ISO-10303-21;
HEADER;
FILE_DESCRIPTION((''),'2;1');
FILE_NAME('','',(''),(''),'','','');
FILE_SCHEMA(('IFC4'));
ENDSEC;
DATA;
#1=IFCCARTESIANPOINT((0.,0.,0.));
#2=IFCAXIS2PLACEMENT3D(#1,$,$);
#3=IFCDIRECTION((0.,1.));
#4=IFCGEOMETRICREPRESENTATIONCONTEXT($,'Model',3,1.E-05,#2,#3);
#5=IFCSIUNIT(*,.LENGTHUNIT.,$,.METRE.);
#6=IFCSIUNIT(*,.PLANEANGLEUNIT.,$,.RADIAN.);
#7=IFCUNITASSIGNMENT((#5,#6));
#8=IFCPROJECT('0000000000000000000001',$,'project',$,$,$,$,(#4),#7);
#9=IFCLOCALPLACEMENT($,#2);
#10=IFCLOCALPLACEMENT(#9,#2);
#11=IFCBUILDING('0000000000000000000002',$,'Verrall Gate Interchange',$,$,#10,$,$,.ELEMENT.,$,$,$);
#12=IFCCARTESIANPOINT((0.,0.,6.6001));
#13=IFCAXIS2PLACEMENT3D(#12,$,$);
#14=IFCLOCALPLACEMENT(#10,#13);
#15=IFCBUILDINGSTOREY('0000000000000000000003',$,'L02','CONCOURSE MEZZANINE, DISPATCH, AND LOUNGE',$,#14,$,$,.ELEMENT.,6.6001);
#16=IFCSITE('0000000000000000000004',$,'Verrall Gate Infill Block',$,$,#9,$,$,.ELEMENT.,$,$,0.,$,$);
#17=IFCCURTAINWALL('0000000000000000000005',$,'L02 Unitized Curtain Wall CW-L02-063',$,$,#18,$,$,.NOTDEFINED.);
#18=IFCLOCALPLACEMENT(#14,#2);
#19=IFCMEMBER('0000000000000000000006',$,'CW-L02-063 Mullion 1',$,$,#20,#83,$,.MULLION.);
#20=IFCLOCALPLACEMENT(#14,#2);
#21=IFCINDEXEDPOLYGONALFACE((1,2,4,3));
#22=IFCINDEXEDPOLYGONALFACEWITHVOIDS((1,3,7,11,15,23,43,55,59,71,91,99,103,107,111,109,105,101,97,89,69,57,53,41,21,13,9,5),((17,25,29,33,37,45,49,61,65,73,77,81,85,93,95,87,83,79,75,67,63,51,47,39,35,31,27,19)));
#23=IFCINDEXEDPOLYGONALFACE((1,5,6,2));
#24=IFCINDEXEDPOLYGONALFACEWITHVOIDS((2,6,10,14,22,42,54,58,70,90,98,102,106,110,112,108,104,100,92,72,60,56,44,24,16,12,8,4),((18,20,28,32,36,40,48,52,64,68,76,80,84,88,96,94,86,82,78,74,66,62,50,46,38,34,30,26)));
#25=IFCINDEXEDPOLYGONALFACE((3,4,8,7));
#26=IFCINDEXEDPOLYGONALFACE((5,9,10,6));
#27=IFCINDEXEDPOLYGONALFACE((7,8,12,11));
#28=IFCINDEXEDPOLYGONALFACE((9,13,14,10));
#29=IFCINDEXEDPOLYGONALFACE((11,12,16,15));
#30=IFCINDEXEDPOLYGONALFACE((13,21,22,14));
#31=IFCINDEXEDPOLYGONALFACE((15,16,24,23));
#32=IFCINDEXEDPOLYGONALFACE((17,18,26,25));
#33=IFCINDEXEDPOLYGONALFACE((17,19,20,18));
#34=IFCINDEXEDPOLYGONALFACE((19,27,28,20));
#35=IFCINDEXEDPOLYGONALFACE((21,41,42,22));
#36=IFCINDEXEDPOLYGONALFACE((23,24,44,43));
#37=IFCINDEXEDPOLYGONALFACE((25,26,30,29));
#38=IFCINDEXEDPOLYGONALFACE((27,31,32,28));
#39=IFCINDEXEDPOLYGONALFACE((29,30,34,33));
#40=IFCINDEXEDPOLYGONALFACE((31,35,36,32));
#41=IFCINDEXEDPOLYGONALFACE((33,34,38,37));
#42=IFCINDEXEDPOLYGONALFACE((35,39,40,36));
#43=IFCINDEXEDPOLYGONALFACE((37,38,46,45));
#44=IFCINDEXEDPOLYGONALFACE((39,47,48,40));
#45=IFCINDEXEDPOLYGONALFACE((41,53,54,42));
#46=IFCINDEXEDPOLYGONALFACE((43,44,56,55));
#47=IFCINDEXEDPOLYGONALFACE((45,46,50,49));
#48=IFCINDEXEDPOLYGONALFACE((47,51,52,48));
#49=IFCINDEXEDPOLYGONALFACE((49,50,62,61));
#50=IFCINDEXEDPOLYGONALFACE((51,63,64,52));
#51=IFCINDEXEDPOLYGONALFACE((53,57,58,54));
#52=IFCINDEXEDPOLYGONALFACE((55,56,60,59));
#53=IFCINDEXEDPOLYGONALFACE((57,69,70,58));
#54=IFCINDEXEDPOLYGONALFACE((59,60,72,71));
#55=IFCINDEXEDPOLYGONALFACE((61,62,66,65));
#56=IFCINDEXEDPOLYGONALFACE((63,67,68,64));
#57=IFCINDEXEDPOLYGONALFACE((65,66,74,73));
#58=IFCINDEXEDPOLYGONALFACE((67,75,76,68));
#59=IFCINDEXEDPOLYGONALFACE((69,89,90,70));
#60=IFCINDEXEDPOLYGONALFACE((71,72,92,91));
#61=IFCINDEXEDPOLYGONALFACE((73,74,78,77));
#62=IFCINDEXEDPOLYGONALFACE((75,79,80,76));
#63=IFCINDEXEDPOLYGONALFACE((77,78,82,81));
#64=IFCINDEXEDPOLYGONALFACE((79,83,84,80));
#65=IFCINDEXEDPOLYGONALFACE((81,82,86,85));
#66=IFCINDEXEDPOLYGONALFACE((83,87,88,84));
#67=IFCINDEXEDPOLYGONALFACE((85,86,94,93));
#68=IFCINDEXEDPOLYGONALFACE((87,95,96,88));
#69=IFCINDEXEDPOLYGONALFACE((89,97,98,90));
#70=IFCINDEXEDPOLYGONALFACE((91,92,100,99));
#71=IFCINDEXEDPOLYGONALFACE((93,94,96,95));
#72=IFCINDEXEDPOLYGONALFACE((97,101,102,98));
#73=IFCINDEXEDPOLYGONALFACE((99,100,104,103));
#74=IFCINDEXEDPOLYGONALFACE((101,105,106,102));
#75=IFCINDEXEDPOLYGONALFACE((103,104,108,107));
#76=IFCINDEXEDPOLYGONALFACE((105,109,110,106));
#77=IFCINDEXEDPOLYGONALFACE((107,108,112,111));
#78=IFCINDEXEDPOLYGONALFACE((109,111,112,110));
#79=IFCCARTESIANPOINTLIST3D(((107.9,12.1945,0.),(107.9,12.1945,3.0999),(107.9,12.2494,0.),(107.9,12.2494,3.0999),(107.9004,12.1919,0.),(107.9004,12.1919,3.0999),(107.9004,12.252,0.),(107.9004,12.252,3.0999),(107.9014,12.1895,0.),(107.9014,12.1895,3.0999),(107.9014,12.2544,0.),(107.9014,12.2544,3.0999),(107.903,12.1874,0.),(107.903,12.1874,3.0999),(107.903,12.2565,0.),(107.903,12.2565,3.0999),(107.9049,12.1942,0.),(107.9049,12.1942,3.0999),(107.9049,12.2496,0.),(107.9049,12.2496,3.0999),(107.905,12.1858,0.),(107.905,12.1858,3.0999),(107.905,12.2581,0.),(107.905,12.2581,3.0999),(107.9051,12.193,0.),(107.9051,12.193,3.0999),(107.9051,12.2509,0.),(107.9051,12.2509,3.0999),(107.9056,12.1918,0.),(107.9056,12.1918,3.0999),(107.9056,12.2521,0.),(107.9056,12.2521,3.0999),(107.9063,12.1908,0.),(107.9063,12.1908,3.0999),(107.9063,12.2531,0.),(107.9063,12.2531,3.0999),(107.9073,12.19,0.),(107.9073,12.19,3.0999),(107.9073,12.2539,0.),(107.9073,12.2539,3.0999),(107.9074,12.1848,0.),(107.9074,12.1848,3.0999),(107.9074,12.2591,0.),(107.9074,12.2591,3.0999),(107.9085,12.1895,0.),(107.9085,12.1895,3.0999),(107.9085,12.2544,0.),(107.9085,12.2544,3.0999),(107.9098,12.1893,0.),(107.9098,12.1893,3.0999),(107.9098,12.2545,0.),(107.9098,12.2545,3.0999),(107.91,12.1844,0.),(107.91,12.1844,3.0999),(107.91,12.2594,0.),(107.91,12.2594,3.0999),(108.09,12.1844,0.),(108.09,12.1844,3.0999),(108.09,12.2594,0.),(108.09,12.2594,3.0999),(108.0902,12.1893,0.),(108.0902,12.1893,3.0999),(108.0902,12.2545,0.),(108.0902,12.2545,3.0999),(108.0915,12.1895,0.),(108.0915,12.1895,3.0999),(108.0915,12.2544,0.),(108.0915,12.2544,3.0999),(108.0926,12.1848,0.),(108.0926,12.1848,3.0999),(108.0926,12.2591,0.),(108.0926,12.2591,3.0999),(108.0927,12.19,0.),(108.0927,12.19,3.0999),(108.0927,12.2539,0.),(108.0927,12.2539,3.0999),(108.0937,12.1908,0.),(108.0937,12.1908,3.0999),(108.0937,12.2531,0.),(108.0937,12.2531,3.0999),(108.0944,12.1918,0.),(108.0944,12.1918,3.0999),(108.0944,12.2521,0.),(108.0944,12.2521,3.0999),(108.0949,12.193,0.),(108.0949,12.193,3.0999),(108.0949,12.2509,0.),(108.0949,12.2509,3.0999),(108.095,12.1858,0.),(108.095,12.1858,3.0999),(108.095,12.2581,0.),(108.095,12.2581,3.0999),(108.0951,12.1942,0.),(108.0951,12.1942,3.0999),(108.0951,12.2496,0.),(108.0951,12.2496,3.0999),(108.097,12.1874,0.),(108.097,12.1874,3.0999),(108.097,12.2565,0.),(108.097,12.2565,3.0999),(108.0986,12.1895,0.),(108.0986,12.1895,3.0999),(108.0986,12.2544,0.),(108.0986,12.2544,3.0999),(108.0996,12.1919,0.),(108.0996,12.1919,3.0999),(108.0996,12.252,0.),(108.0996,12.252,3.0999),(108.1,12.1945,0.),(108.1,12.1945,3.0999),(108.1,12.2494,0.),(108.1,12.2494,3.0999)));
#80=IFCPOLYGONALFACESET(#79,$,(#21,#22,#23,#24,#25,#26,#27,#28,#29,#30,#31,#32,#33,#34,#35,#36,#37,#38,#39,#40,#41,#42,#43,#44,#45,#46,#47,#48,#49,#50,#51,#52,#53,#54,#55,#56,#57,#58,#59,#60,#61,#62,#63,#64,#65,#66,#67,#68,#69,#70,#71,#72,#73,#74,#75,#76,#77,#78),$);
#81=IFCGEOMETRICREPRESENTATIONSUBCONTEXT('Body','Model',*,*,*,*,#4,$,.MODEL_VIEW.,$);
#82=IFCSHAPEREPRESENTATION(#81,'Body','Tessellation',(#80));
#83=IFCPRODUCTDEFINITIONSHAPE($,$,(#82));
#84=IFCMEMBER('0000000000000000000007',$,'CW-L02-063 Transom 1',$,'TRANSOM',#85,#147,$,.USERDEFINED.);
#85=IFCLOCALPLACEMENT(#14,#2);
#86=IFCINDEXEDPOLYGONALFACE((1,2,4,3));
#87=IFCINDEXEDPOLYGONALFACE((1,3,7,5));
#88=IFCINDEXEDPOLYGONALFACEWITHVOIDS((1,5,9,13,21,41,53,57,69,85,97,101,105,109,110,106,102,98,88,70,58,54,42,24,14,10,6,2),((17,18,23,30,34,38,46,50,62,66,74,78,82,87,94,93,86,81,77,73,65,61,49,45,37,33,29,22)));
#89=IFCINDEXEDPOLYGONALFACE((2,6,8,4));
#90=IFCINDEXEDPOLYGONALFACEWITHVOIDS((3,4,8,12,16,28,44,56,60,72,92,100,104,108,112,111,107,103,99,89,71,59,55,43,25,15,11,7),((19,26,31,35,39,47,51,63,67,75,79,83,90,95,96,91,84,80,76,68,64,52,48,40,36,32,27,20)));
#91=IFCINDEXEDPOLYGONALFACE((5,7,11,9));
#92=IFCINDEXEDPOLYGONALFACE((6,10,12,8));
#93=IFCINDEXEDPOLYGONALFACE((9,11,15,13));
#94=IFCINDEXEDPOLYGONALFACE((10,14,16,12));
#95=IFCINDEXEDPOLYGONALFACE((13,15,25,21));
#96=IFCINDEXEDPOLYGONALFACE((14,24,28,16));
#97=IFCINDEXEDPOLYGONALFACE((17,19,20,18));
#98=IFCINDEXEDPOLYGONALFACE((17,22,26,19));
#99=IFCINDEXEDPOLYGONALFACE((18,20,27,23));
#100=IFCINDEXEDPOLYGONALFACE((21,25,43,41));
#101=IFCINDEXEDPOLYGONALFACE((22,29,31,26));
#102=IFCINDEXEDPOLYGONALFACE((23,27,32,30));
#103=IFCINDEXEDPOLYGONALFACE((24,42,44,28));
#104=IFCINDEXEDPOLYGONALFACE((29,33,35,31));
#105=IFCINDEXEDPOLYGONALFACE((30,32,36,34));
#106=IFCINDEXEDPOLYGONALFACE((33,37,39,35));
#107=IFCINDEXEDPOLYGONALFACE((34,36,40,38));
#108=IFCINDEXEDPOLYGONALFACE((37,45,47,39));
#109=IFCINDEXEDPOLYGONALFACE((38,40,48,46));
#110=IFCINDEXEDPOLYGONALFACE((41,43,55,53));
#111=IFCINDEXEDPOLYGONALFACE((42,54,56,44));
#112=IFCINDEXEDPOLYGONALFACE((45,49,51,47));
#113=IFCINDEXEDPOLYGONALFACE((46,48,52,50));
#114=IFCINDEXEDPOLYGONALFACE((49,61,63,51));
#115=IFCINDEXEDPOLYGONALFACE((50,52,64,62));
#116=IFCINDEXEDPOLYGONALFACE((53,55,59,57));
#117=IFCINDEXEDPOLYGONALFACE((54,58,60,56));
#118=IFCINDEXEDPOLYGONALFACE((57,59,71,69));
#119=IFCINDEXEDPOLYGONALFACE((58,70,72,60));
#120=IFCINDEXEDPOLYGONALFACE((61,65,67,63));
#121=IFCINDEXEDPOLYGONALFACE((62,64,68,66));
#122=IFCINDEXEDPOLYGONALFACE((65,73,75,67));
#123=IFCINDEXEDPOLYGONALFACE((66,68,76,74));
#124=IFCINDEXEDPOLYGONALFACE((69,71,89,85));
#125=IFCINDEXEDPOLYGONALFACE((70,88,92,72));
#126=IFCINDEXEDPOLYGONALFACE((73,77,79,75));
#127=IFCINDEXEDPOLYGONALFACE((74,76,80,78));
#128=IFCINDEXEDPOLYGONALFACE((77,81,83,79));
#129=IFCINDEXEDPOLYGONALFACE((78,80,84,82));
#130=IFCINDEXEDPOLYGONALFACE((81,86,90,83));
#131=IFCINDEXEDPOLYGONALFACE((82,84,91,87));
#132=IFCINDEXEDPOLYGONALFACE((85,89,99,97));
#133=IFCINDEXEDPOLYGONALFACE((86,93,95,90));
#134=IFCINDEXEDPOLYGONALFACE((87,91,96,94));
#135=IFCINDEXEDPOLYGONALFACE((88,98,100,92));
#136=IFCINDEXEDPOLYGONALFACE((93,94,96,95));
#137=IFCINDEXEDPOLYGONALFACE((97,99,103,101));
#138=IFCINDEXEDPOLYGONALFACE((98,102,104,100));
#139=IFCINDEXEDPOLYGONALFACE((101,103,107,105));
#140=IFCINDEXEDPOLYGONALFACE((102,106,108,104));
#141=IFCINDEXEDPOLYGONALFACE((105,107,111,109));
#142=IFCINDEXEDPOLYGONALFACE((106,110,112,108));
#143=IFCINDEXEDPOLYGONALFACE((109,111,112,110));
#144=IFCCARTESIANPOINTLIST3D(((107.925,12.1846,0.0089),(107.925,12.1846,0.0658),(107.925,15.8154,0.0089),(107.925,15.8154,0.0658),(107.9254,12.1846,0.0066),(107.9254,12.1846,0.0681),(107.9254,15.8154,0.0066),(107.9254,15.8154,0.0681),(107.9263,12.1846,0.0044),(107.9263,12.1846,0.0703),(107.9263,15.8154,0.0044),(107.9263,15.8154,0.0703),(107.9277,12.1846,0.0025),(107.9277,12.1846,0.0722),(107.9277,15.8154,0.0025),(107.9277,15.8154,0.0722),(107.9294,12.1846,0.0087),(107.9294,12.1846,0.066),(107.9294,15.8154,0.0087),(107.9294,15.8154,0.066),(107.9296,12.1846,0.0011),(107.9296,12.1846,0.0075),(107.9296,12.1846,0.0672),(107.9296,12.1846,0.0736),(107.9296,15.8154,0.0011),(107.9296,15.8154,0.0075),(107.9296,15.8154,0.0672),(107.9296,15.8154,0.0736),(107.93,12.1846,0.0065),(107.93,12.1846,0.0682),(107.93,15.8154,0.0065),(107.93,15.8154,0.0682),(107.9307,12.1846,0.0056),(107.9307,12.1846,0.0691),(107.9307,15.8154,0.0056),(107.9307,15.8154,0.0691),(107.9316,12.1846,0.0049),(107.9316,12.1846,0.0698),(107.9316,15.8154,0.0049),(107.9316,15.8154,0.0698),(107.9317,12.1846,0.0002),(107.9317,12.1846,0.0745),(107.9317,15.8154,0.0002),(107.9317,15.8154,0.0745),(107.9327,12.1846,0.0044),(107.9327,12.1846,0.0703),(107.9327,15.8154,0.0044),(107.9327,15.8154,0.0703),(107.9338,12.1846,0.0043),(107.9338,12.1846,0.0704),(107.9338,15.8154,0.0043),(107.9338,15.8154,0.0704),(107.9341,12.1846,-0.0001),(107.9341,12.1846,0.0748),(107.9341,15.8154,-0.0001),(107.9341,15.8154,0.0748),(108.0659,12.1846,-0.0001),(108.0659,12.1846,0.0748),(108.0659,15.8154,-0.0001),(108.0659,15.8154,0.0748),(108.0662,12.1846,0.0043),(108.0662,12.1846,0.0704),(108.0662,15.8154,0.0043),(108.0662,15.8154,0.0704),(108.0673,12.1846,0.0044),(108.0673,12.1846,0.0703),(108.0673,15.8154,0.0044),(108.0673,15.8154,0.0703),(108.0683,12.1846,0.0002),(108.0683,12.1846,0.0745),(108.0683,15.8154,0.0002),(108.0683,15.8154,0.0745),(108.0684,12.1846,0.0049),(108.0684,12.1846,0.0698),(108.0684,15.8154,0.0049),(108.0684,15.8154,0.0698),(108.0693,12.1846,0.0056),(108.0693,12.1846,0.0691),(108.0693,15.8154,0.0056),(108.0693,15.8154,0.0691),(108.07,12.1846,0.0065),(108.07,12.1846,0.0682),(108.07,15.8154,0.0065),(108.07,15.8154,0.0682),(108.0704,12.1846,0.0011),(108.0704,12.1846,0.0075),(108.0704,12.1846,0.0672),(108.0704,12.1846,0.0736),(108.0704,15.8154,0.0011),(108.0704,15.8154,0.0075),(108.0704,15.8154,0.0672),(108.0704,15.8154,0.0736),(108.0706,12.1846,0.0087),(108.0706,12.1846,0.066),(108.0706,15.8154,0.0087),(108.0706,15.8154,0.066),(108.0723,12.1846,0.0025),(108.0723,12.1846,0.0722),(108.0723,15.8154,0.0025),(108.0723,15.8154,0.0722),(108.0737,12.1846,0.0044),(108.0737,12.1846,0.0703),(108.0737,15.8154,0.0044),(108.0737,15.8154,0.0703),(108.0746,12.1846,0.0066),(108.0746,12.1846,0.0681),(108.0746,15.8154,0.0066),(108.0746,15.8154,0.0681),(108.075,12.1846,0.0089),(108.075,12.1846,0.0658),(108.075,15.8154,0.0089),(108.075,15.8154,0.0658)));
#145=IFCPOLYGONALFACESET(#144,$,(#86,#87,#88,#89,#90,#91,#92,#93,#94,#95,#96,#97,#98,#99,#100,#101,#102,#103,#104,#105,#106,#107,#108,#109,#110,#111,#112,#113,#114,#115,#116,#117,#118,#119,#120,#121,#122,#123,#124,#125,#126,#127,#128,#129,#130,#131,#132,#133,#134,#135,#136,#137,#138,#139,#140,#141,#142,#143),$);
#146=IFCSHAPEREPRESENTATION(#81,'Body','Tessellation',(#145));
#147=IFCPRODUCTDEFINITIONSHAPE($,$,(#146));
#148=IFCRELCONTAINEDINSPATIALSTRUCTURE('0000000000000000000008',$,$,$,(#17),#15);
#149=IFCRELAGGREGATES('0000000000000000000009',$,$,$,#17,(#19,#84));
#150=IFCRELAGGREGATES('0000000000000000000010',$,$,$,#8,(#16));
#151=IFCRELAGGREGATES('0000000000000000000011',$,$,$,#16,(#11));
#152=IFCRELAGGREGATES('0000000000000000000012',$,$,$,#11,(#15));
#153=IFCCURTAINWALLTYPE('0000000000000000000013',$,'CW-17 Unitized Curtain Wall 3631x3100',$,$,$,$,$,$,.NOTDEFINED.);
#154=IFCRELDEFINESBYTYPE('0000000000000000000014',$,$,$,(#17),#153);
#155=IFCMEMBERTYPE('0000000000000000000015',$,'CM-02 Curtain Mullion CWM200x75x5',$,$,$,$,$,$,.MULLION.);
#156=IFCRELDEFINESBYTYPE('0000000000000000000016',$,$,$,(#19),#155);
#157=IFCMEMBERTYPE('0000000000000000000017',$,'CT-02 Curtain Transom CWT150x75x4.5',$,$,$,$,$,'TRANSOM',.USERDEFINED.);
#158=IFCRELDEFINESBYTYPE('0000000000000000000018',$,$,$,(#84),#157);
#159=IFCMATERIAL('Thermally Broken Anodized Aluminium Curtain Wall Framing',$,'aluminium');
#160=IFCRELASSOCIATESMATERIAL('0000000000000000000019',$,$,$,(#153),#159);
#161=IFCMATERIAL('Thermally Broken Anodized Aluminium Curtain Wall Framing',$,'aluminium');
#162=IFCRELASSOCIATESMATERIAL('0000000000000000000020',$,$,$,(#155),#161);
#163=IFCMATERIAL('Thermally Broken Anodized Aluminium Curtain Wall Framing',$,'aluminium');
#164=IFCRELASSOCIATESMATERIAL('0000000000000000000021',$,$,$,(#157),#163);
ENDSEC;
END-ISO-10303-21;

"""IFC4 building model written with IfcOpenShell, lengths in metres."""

from ifc_helpers import new_model, si_unit, direction, frame, origin, origin_2d, place, context, subcontext, project, spatial, hollow_rectangle, extrude, material, material_profile, profile_set, type_object, element, aggregate, save


model = new_model("IFC4")

# Units and contexts
model_context = context("Model", 3, precision=1e-05, world=origin(), true_north=direction((0.0, 1.0)))
body_context = subcontext(model_context, "Body", "Model", "MODEL_VIEW")
ifc_project = project(units=[si_unit("LENGTHUNIT", "METRE"), si_unit("PLANEANGLEUNIT", "RADIAN")], contexts=[model_context])

# Site, building, storey
site_placement = place(None, origin())
site = spatial("IfcSite", under=ifc_project, at=site_placement, Name="Verrall Gate Infill Block", CompositionType="ELEMENT", RefElevation=0.0)
building_placement = place(site_placement, origin())
building = spatial("IfcBuilding", under=site, at=building_placement, Name="Verrall Gate Interchange", CompositionType="ELEMENT")
storey_placement = place(building_placement, frame((0.0, 0.0, 6.6001)))
storey = spatial("IfcBuildingStorey", under=building, at=storey_placement, Name="L02", Description="CONCOURSE MEZZANINE, DISPATCH, AND LOUNGE", CompositionType="ELEMENT", Elevation=6.6001)

# Curtain wall, members
ifc_material_1 = material(Name="Thermally Broken Anodized Aluminium Curtain Wall Framing", Category="aluminium")
curtain_wall_type_1 = type_object("IfcCurtainWallType", Name="CW-17 Unitized Curtain Wall 3631x3100", PredefinedType="NOTDEFINED", material=ifc_material_1)
curtain_wall_1_placement = place(storey_placement, origin())
curtain_wall_1 = element("IfcCurtainWall", 1, at=curtain_wall_1_placement, inside=storey, type_object=curtain_wall_type_1, Name="L02 Unitized Curtain Wall CW-L02-063", PredefinedType="NOTDEFINED")
ifc_material_2 = material(Name="Thermally Broken Anodized Aluminium Curtain Wall Framing", Category="aluminium")
ifc_material_profile_1 = material_profile(ifc_material_2, hollow_rectangle(XDim=0.075, YDim=0.2, WallThickness=0.0049, InnerFilletRadius=0.0049, OuterFilletRadius=0.01, at=origin_2d()), Name="CWM200x75x5")
ifc_profile_set_1 = profile_set([ifc_material_profile_1], Name="Thermally Broken Anodized Aluminium Curtain Wall Framing")
member_type_1 = type_object("IfcMemberType", Name="CM-02 Curtain Mullion CWM200x75x5", PredefinedType="MULLION", material=ifc_profile_set_1)
member_1_placement = place(storey_placement, frame((108.0, 12.2219, 0.0), z_axis=(0.0, 0.0, 1.0), x_axis=(0.0, 1.0, 0.0)))
member_1 = element("IfcMember", 2, at=member_1_placement, type_object=member_type_1, Name="CW-L02-063 Mullion 1", PredefinedType="MULLION", context=body_context, shape_type="SweptSolid", body=[
    extrude(hollow_rectangle(XDim=0.075, YDim=0.2, WallThickness=0.0049, InnerFilletRadius=0.0049, OuterFilletRadius=0.01, at=origin_2d()), origin(), (0.0, 0.0, 1.0), 3.0999),
])
ifc_material_3 = material(Name="Thermally Broken Anodized Aluminium Curtain Wall Framing", Category="aluminium")
ifc_material_profile_2 = material_profile(ifc_material_3, hollow_rectangle(XDim=0.1499, YDim=0.075, WallThickness=0.0044, InnerFilletRadius=0.0044, OuterFilletRadius=0.009, at=origin_2d()), Name="CWT150x75x4.5")
ifc_profile_set_2 = profile_set([ifc_material_profile_2], Name="Thermally Broken Anodized Aluminium Curtain Wall Framing")
member_type_2 = type_object("IfcMemberType", Name="CT-02 Curtain Transom CWT150x75x4.5", ElementType="TRANSOM", PredefinedType="USERDEFINED", material=ifc_profile_set_2)
member_2_placement = place(storey_placement, frame((108.0, 12.1846, 0.0374), z_axis=(0.0, 1.0, 0.0), x_axis=(-1.0, 0.0, 0.0)))
member_2 = element("IfcMember", 3, at=member_2_placement, type_object=member_type_2, Name="CW-L02-063 Transom 1", ObjectType="TRANSOM", PredefinedType="USERDEFINED", context=body_context, shape_type="SweptSolid", body=[
    extrude(hollow_rectangle(XDim=0.1499, YDim=0.075, WallThickness=0.0044, InnerFilletRadius=0.0044, OuterFilletRadius=0.009, at=origin_2d()), origin(), (0.0, 0.0, 1.0), 3.6309),
])

aggregate(curtain_wall_1, [member_1, member_2])

save(model, "model.ifc")
